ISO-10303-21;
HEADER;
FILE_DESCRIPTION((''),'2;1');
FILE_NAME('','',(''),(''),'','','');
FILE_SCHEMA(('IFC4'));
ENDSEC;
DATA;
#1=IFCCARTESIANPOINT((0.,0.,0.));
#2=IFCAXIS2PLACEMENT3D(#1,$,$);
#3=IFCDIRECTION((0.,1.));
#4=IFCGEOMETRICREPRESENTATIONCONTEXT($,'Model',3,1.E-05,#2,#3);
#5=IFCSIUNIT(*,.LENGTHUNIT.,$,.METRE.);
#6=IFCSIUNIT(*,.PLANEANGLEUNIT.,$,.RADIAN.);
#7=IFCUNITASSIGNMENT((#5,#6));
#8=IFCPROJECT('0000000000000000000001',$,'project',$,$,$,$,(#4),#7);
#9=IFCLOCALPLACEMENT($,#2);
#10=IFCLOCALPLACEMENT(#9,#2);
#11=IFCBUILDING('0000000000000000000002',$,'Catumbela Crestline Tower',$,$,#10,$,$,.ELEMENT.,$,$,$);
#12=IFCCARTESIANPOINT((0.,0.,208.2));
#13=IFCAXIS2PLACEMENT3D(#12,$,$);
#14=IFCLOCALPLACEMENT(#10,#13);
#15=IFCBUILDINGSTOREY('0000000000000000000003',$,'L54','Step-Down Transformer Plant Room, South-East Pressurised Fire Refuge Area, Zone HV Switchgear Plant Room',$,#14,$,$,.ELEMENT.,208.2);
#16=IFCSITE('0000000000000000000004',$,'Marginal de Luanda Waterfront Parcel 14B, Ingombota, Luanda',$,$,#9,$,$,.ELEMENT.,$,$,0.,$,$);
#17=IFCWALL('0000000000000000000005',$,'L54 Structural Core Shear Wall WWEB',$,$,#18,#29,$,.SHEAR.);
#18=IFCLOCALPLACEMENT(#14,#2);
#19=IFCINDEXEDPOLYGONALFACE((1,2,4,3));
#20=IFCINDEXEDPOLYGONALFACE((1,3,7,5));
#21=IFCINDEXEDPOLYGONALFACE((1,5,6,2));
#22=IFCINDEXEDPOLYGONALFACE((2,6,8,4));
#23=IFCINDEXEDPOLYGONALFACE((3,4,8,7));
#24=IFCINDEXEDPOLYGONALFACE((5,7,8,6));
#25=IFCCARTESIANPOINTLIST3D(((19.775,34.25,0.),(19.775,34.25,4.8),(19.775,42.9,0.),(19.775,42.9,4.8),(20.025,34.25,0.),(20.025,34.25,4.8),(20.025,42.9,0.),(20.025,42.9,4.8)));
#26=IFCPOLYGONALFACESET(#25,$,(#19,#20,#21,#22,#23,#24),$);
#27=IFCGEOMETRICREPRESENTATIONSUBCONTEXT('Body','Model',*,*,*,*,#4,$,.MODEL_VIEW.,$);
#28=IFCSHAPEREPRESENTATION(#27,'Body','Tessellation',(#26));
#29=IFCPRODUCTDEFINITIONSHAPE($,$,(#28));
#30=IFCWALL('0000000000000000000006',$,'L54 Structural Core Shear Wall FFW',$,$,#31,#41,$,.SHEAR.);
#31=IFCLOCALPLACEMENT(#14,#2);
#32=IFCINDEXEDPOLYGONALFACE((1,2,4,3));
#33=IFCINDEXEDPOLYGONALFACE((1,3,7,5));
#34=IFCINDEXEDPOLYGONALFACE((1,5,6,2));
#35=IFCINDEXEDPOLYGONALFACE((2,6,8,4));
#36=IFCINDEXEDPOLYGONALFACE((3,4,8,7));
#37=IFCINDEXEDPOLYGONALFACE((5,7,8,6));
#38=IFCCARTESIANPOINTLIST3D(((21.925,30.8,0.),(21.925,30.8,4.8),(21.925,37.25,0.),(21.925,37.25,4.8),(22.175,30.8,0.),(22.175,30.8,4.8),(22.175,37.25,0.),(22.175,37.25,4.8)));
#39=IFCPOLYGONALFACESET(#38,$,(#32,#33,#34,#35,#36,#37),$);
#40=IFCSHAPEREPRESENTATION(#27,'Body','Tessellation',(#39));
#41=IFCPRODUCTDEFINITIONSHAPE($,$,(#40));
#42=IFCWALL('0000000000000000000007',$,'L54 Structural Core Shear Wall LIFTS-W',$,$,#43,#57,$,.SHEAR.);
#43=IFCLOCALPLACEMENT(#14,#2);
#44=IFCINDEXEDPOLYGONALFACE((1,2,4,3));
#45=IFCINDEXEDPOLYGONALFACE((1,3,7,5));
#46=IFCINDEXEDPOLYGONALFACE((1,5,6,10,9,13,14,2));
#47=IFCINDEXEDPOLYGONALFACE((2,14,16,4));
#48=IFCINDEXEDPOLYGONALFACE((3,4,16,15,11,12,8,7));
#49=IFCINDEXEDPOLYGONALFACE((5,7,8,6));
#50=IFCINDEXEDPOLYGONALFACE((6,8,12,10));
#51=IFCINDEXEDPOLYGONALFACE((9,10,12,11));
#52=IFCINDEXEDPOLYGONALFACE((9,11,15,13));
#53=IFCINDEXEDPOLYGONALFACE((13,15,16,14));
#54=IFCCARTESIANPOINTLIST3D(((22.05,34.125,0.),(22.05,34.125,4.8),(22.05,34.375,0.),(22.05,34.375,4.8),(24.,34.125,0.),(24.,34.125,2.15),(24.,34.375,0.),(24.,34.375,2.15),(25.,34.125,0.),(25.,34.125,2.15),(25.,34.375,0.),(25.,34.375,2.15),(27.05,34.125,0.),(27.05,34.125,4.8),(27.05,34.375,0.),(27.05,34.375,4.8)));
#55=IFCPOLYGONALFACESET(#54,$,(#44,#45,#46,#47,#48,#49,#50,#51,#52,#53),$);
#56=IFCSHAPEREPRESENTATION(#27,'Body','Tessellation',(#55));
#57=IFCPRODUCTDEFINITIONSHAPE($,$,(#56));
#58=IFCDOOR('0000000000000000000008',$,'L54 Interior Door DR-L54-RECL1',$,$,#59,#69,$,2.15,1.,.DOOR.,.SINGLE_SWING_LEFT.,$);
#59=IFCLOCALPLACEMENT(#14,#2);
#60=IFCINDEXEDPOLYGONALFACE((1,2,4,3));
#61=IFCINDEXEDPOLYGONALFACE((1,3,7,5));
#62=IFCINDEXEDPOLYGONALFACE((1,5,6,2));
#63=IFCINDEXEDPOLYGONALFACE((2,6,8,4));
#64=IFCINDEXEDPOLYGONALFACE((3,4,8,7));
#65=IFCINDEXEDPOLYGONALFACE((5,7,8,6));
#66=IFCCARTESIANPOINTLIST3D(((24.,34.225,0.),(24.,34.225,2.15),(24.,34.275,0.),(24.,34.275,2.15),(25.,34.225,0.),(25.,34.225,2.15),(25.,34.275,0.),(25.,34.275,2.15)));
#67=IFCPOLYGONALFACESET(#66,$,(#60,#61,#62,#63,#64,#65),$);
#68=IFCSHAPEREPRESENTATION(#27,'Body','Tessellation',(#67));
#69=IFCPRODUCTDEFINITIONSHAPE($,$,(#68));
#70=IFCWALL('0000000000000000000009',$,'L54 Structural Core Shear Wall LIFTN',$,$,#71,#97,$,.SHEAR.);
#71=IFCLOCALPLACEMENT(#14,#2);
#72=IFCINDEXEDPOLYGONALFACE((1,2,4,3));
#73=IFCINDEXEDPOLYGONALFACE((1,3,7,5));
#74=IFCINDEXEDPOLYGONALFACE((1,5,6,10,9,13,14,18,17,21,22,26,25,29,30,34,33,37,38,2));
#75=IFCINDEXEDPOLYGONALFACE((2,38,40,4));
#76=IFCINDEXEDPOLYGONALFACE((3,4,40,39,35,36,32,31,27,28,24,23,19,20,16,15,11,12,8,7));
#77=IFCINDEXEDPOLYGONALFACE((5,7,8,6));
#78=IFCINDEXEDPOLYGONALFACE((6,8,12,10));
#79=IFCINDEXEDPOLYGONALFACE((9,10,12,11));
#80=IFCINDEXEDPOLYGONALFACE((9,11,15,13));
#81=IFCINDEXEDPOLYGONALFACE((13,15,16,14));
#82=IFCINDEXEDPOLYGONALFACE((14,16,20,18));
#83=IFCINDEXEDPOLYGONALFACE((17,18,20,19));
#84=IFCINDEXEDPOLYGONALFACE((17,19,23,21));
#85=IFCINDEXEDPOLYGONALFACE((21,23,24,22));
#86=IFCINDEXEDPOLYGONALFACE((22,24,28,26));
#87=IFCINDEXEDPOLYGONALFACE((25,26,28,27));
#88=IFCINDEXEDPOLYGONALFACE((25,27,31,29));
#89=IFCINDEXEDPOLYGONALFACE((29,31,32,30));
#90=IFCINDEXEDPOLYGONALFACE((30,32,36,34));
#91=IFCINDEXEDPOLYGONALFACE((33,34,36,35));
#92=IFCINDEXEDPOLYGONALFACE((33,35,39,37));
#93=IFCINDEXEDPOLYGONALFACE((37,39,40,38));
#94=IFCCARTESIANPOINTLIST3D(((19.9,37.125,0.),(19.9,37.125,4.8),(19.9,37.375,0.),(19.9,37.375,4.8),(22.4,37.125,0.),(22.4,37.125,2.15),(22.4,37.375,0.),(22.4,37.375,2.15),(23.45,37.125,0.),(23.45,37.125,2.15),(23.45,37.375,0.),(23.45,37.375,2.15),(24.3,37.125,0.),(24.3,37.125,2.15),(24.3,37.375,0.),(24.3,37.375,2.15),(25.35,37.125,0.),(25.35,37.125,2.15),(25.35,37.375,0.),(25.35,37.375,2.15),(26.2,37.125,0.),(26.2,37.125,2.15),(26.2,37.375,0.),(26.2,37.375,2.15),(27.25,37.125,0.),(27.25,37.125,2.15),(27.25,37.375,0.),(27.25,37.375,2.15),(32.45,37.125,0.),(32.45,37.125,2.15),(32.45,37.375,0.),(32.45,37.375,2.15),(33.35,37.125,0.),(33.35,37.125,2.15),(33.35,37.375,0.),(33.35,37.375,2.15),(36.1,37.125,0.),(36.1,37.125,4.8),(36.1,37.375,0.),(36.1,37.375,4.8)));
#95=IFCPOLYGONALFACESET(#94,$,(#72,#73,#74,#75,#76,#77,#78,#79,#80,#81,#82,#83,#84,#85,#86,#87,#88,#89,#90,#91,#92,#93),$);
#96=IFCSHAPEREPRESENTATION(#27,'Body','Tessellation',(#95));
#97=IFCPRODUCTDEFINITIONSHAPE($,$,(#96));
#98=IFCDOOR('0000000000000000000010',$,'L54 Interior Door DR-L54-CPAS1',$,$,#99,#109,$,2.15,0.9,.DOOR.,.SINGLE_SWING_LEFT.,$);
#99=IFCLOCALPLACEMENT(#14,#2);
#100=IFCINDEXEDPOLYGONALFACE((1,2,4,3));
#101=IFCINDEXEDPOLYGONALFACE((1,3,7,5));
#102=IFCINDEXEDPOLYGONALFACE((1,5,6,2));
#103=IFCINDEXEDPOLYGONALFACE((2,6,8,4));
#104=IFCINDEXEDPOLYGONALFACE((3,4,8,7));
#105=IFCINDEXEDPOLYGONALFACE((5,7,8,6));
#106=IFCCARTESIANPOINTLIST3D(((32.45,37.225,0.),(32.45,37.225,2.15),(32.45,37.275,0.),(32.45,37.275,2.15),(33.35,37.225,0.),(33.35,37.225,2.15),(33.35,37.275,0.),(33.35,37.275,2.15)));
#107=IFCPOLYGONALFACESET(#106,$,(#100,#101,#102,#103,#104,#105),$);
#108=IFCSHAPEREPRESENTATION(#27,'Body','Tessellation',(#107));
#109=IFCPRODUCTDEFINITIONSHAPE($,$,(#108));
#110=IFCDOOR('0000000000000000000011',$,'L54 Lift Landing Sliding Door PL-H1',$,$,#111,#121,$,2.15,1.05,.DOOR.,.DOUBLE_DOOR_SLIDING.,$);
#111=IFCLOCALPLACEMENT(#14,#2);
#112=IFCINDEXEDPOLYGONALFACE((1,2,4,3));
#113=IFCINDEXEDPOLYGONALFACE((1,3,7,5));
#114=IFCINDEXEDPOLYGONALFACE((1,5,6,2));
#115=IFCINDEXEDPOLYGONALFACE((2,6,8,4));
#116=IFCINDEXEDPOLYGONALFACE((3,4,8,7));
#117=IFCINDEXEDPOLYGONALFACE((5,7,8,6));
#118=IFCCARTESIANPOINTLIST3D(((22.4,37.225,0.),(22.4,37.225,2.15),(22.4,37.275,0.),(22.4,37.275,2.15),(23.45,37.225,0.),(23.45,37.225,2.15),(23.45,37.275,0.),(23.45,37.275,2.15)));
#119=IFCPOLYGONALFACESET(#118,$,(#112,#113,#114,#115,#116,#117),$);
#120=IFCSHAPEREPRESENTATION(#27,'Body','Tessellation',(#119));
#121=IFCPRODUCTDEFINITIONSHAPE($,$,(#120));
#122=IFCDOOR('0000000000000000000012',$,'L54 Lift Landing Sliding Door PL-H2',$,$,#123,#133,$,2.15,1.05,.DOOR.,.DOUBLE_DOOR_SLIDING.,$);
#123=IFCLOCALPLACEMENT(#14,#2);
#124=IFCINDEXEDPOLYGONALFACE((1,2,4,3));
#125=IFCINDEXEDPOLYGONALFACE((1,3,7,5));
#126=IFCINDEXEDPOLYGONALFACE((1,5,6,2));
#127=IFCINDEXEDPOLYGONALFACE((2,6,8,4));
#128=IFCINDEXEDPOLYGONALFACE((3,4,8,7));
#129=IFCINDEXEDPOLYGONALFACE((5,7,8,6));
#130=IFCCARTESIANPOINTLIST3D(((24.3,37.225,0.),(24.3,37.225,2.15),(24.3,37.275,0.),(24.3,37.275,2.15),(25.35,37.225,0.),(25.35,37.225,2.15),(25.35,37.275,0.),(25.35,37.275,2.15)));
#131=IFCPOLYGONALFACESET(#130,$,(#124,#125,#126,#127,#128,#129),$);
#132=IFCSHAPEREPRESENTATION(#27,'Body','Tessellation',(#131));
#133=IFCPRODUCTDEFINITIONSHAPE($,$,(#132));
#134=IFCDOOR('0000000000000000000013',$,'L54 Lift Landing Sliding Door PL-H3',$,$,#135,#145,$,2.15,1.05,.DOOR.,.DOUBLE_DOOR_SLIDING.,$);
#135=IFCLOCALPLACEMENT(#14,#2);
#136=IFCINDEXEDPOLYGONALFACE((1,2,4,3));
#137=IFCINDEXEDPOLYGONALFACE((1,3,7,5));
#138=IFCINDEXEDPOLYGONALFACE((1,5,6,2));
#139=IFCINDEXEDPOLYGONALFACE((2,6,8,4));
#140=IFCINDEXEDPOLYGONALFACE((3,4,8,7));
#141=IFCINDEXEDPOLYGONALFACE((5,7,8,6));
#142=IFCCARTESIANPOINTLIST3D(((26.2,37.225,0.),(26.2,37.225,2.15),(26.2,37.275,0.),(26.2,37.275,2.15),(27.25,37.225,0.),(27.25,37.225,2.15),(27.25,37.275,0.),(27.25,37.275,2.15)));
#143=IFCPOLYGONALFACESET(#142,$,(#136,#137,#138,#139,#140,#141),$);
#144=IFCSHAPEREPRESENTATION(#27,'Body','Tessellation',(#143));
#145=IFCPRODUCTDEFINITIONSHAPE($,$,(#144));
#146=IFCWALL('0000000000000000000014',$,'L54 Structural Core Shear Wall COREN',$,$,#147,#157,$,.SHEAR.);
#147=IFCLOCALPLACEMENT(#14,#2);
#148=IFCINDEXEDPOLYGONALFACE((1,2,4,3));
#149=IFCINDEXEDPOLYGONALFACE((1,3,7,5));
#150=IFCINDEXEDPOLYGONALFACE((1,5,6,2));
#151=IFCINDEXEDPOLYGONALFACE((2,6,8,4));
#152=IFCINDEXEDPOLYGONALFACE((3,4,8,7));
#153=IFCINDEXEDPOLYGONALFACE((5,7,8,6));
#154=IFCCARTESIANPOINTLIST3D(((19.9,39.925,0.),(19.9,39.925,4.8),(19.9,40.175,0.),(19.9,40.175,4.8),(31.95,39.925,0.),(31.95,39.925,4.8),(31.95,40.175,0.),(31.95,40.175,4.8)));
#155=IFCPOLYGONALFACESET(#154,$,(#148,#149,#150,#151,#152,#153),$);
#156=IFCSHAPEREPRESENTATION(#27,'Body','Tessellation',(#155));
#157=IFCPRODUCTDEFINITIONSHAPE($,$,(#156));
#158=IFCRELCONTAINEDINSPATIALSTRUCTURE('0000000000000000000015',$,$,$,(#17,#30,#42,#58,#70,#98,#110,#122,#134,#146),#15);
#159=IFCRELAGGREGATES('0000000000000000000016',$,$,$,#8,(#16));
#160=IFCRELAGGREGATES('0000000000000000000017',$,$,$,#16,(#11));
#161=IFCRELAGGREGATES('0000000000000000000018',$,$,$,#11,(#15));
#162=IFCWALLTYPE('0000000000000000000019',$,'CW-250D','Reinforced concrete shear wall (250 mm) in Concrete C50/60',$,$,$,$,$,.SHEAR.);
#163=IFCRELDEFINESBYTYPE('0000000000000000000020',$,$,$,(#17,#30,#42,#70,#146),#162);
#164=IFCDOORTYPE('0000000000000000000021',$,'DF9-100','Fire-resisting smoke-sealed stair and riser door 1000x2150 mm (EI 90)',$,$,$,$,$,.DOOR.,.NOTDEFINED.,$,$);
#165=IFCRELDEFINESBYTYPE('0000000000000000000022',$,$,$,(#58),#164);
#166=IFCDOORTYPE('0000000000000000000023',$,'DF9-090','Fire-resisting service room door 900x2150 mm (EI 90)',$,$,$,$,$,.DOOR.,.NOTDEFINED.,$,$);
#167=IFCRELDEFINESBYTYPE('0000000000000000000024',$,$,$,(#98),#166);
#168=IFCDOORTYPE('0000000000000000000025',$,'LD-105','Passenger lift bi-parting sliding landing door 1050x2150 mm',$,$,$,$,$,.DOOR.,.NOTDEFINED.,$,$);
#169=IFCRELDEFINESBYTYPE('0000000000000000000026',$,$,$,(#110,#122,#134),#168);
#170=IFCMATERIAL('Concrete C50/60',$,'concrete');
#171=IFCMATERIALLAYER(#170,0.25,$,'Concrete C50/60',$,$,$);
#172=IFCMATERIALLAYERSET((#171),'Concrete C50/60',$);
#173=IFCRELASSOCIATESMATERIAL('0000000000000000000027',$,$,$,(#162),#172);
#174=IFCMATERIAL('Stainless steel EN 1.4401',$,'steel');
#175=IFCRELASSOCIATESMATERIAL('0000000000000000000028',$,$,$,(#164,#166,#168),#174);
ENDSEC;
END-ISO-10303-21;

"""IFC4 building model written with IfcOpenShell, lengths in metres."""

from ifc_helpers import new_model, si_unit, direction, frame, frame_2d, origin, place, context, subcontext, project, spatial, rectangle, extrude, material, layer, layer_set, type_object, element, fill, save


model = new_model("IFC4")

# Units and contexts
model_context = context("Model", 3, precision=1e-05, world=origin(), true_north=direction((0.0, 1.0)))
body_context = subcontext(model_context, "Body", "Model", "MODEL_VIEW")
ifc_project = project(units=[si_unit("LENGTHUNIT", "METRE"), si_unit("PLANEANGLEUNIT", "RADIAN")], contexts=[model_context])

# Site, building, storey
site_placement = place(None, origin())
site = spatial("IfcSite", under=ifc_project, at=site_placement, Name="Marginal de Luanda Waterfront Parcel 14B, Ingombota, Luanda", CompositionType="ELEMENT", RefElevation=0.0)
building_placement = place(site_placement, origin())
building = spatial("IfcBuilding", under=site, at=building_placement, Name="Catumbela Crestline Tower", CompositionType="ELEMENT")
storey_placement = place(building_placement, frame((0.0, 0.0, 208.2)))
storey = spatial("IfcBuildingStorey", under=building, at=storey_placement, Name="L54", Description="Step-Down Transformer Plant Room, South-East Pressurised Fire Refuge Area, Zone HV Switchgear Plant Room", CompositionType="ELEMENT", Elevation=208.2)

# Walls
ifc_material_1 = material(Name="Concrete C50/60", Category="concrete")
ifc_layer_1 = layer(ifc_material_1, 0.25, Name="Concrete C50/60")
ifc_layer_set_1 = layer_set([ifc_layer_1], Name="Concrete C50/60")
wall_type_1 = type_object("IfcWallType", Name="CW-250D", Description="Reinforced concrete shear wall (250 mm) in Concrete C50/60", PredefinedType="SHEAR", material=ifc_layer_set_1)
wall_1_placement = place(storey_placement, frame((19.9, 34.25, 0.0), z_axis=(0.0, 0.0, 1.0), x_axis=(0.0, 1.0, 0.0)))
element("IfcWall", 1, at=wall_1_placement, inside=storey, type_object=wall_type_1, Name="L54 Structural Core Shear Wall WWEB", PredefinedType="SHEAR", context=body_context, shape_type="SweptSolid", body=[
    extrude(rectangle(XDim=8.65, YDim=0.25, at=frame_2d((4.325, 0.0))), origin(), (0.0, 0.0, 1.0), 4.8),
])
wall_2_placement = place(storey_placement, frame((22.05, 30.8, 0.0), z_axis=(0.0, 0.0, 1.0), x_axis=(0.0, 1.0, 0.0)))
element("IfcWall", 2, at=wall_2_placement, inside=storey, type_object=wall_type_1, Name="L54 Structural Core Shear Wall FFW", PredefinedType="SHEAR", context=body_context, shape_type="SweptSolid", body=[
    extrude(rectangle(XDim=6.45, YDim=0.25, at=frame_2d((3.225, 0.0))), origin(), (0.0, 0.0, 1.0), 4.8),
])

# Wall, opening, door
wall_3_placement = place(storey_placement, frame((22.05, 34.25, 0.0), z_axis=(0.0, 0.0, 1.0), x_axis=(1.0, 0.0, 0.0)))
wall_3 = element("IfcWall", 3, at=wall_3_placement, inside=storey, type_object=wall_type_1, Name="L54 Structural Core Shear Wall LIFTS-W", PredefinedType="SHEAR", context=body_context, shape_type="SweptSolid", body=[
    extrude(rectangle(XDim=5.0, YDim=0.25, at=frame_2d((2.5, 0.0))), origin(), (0.0, 0.0, 1.0), 4.8),
])
opening_1_placement = place(wall_3_placement, frame((1.95, 0.0, 0.0)))
opening_1 = element("IfcOpeningElement", 4, at=opening_1_placement, cuts=wall_3, PredefinedType="OPENING", context=body_context, shape_type="SweptSolid", body=[
    extrude(rectangle(XDim=1.0, YDim=2.15, at=frame_2d((0.5, 1.075))), frame((0.0, 0.135, 0.0), z_axis=(0.0, -1.0, 0.0), x_axis=(1.0, 0.0, 0.0)), (0.0, 0.0, 1.0), 0.27),
])
ifc_material_2 = material(Name="Stainless steel EN 1.4401", Category="steel")
door_type_1 = type_object("IfcDoorType", Name="DF9-100", Description="Fire-resisting smoke-sealed stair and riser door 1000x2150 mm (EI 90)", OperationType="NOTDEFINED", PredefinedType="DOOR", material=ifc_material_2)
door_1_placement = place(opening_1_placement, origin())
door_1 = element("IfcDoor", 5, at=door_1_placement, inside=storey, type_object=door_type_1, Name="L54 Interior Door DR-L54-RECL1", OperationType="SINGLE_SWING_LEFT", OverallHeight=2.15, OverallWidth=1.0, PredefinedType="DOOR", context=body_context, shape_type="SweptSolid", body=[
    extrude(rectangle(XDim=1.0, YDim=2.15, at=frame_2d((0.5, 1.075))), frame((0.0, 0.025, 0.0), z_axis=(0.0, -1.0, 0.0), x_axis=(1.0, 0.0, 0.0)), (0.0, 0.0, 1.0), 0.05),
])
fill(opening_1, door_1)

# Wall, openings, doors
wall_4_placement = place(storey_placement, frame((19.9, 37.25, 0.0), z_axis=(0.0, 0.0, 1.0), x_axis=(1.0, 0.0, 0.0)))
wall_4 = element("IfcWall", 6, at=wall_4_placement, inside=storey, type_object=wall_type_1, Name="L54 Structural Core Shear Wall LIFTN", PredefinedType="SHEAR", context=body_context, shape_type="SweptSolid", body=[
    extrude(rectangle(XDim=16.2, YDim=0.25, at=frame_2d((8.1, 0.0))), origin(), (0.0, 0.0, 1.0), 4.8),
])
opening_2_placement = place(wall_4_placement, frame((12.55, 0.0, 0.0)))
opening_2 = element("IfcOpeningElement", 7, at=opening_2_placement, cuts=wall_4, PredefinedType="OPENING", context=body_context, shape_type="SweptSolid", body=[
    extrude(rectangle(XDim=0.9, YDim=2.15, at=frame_2d((0.45, 1.075))), frame((0.0, 0.135, 0.0), z_axis=(0.0, -1.0, 0.0), x_axis=(1.0, 0.0, 0.0)), (0.0, 0.0, 1.0), 0.27),
])
opening_3_placement = place(wall_4_placement, frame((2.5, 0.0, 0.0)))
opening_3 = element("IfcOpeningElement", 8, at=opening_3_placement, cuts=wall_4, PredefinedType="OPENING", context=body_context, shape_type="SweptSolid", body=[
    extrude(rectangle(XDim=1.05, YDim=2.15, at=frame_2d((0.525, 1.075))), frame((0.0, 0.135, 0.0), z_axis=(0.0, -1.0, 0.0), x_axis=(1.0, 0.0, 0.0)), (0.0, 0.0, 1.0), 0.27),
])
opening_4_placement = place(wall_4_placement, frame((4.4, 0.0, 0.0)))
opening_4 = element("IfcOpeningElement", 9, at=opening_4_placement, cuts=wall_4, PredefinedType="OPENING", context=body_context, shape_type="SweptSolid", body=[
    extrude(rectangle(XDim=1.05, YDim=2.15, at=frame_2d((0.525, 1.075))), frame((0.0, 0.135, 0.0), z_axis=(0.0, -1.0, 0.0), x_axis=(1.0, 0.0, 0.0)), (0.0, 0.0, 1.0), 0.27),
])
opening_5_placement = place(wall_4_placement, frame((6.3, 0.0, 0.0)))
opening_5 = element("IfcOpeningElement", 10, at=opening_5_placement, cuts=wall_4, PredefinedType="OPENING", context=body_context, shape_type="SweptSolid", body=[
    extrude(rectangle(XDim=1.05, YDim=2.15, at=frame_2d((0.525, 1.075))), frame((0.0, 0.135, 0.0), z_axis=(0.0, -1.0, 0.0), x_axis=(1.0, 0.0, 0.0)), (0.0, 0.0, 1.0), 0.27),
])
door_type_2 = type_object("IfcDoorType", Name="DF9-090", Description="Fire-resisting service room door 900x2150 mm (EI 90)", OperationType="NOTDEFINED", PredefinedType="DOOR", material=ifc_material_2)
door_2_placement = place(opening_2_placement, origin())
door_2 = element("IfcDoor", 11, at=door_2_placement, inside=storey, type_object=door_type_2, Name="L54 Interior Door DR-L54-CPAS1", OperationType="SINGLE_SWING_LEFT", OverallHeight=2.15, OverallWidth=0.9, PredefinedType="DOOR", context=body_context, shape_type="SweptSolid", body=[
    extrude(rectangle(XDim=0.9, YDim=2.15, at=frame_2d((0.45, 1.075))), frame((0.0, 0.025, 0.0), z_axis=(0.0, -1.0, 0.0), x_axis=(1.0, 0.0, 0.0)), (0.0, 0.0, 1.0), 0.05),
])
fill(opening_2, door_2)
door_type_3 = type_object("IfcDoorType", Name="LD-105", Description="Passenger lift bi-parting sliding landing door 1050x2150 mm", OperationType="NOTDEFINED", PredefinedType="DOOR", material=ifc_material_2)
door_3_placement = place(opening_3_placement, origin())
door_3 = element("IfcDoor", 12, at=door_3_placement, inside=storey, type_object=door_type_3, Name="L54 Lift Landing Sliding Door PL-H1", OperationType="DOUBLE_DOOR_SLIDING", OverallHeight=2.15, OverallWidth=1.05, PredefinedType="DOOR", context=body_context, shape_type="SweptSolid", body=[
    extrude(rectangle(XDim=1.05, YDim=2.15, at=frame_2d((0.525, 1.075))), frame((0.0, 0.025, 0.0), z_axis=(0.0, -1.0, 0.0), x_axis=(1.0, 0.0, 0.0)), (0.0, 0.0, 1.0), 0.05),
])
fill(opening_3, door_3)
door_4_placement = place(opening_4_placement, origin())
door_4 = element("IfcDoor", 13, at=door_4_placement, inside=storey, type_object=door_type_3, Name="L54 Lift Landing Sliding Door PL-H2", OperationType="DOUBLE_DOOR_SLIDING", OverallHeight=2.15, OverallWidth=1.05, PredefinedType="DOOR", context=body_context, shape_type="SweptSolid", body=[
    extrude(rectangle(XDim=1.05, YDim=2.15, at=frame_2d((0.525, 1.075))), frame((0.0, 0.025, 0.0), z_axis=(0.0, -1.0, 0.0), x_axis=(1.0, 0.0, 0.0)), (0.0, 0.0, 1.0), 0.05),
])
fill(opening_4, door_4)
door_5_placement = place(opening_5_placement, origin())
door_5 = element("IfcDoor", 14, at=door_5_placement, inside=storey, type_object=door_type_3, Name="L54 Lift Landing Sliding Door PL-H3", OperationType="DOUBLE_DOOR_SLIDING", OverallHeight=2.15, OverallWidth=1.05, PredefinedType="DOOR", context=body_context, shape_type="SweptSolid", body=[
    extrude(rectangle(XDim=1.05, YDim=2.15, at=frame_2d((0.525, 1.075))), frame((0.0, 0.025, 0.0), z_axis=(0.0, -1.0, 0.0), x_axis=(1.0, 0.0, 0.0)), (0.0, 0.0, 1.0), 0.05),
])
fill(opening_5, door_5)

# Wall
wall_5_placement = place(storey_placement, frame((19.9, 40.05, 0.0), z_axis=(0.0, 0.0, 1.0), x_axis=(1.0, 0.0, 0.0)))
element("IfcWall", 15, at=wall_5_placement, inside=storey, type_object=wall_type_1, Name="L54 Structural Core Shear Wall COREN", PredefinedType="SHEAR", context=body_context, shape_type="SweptSolid", body=[
    extrude(rectangle(XDim=12.05, YDim=0.25, at=frame_2d((6.025, 0.0))), origin(), (0.0, 0.0, 1.0), 4.8),
])

save(model, "model.ifc")
